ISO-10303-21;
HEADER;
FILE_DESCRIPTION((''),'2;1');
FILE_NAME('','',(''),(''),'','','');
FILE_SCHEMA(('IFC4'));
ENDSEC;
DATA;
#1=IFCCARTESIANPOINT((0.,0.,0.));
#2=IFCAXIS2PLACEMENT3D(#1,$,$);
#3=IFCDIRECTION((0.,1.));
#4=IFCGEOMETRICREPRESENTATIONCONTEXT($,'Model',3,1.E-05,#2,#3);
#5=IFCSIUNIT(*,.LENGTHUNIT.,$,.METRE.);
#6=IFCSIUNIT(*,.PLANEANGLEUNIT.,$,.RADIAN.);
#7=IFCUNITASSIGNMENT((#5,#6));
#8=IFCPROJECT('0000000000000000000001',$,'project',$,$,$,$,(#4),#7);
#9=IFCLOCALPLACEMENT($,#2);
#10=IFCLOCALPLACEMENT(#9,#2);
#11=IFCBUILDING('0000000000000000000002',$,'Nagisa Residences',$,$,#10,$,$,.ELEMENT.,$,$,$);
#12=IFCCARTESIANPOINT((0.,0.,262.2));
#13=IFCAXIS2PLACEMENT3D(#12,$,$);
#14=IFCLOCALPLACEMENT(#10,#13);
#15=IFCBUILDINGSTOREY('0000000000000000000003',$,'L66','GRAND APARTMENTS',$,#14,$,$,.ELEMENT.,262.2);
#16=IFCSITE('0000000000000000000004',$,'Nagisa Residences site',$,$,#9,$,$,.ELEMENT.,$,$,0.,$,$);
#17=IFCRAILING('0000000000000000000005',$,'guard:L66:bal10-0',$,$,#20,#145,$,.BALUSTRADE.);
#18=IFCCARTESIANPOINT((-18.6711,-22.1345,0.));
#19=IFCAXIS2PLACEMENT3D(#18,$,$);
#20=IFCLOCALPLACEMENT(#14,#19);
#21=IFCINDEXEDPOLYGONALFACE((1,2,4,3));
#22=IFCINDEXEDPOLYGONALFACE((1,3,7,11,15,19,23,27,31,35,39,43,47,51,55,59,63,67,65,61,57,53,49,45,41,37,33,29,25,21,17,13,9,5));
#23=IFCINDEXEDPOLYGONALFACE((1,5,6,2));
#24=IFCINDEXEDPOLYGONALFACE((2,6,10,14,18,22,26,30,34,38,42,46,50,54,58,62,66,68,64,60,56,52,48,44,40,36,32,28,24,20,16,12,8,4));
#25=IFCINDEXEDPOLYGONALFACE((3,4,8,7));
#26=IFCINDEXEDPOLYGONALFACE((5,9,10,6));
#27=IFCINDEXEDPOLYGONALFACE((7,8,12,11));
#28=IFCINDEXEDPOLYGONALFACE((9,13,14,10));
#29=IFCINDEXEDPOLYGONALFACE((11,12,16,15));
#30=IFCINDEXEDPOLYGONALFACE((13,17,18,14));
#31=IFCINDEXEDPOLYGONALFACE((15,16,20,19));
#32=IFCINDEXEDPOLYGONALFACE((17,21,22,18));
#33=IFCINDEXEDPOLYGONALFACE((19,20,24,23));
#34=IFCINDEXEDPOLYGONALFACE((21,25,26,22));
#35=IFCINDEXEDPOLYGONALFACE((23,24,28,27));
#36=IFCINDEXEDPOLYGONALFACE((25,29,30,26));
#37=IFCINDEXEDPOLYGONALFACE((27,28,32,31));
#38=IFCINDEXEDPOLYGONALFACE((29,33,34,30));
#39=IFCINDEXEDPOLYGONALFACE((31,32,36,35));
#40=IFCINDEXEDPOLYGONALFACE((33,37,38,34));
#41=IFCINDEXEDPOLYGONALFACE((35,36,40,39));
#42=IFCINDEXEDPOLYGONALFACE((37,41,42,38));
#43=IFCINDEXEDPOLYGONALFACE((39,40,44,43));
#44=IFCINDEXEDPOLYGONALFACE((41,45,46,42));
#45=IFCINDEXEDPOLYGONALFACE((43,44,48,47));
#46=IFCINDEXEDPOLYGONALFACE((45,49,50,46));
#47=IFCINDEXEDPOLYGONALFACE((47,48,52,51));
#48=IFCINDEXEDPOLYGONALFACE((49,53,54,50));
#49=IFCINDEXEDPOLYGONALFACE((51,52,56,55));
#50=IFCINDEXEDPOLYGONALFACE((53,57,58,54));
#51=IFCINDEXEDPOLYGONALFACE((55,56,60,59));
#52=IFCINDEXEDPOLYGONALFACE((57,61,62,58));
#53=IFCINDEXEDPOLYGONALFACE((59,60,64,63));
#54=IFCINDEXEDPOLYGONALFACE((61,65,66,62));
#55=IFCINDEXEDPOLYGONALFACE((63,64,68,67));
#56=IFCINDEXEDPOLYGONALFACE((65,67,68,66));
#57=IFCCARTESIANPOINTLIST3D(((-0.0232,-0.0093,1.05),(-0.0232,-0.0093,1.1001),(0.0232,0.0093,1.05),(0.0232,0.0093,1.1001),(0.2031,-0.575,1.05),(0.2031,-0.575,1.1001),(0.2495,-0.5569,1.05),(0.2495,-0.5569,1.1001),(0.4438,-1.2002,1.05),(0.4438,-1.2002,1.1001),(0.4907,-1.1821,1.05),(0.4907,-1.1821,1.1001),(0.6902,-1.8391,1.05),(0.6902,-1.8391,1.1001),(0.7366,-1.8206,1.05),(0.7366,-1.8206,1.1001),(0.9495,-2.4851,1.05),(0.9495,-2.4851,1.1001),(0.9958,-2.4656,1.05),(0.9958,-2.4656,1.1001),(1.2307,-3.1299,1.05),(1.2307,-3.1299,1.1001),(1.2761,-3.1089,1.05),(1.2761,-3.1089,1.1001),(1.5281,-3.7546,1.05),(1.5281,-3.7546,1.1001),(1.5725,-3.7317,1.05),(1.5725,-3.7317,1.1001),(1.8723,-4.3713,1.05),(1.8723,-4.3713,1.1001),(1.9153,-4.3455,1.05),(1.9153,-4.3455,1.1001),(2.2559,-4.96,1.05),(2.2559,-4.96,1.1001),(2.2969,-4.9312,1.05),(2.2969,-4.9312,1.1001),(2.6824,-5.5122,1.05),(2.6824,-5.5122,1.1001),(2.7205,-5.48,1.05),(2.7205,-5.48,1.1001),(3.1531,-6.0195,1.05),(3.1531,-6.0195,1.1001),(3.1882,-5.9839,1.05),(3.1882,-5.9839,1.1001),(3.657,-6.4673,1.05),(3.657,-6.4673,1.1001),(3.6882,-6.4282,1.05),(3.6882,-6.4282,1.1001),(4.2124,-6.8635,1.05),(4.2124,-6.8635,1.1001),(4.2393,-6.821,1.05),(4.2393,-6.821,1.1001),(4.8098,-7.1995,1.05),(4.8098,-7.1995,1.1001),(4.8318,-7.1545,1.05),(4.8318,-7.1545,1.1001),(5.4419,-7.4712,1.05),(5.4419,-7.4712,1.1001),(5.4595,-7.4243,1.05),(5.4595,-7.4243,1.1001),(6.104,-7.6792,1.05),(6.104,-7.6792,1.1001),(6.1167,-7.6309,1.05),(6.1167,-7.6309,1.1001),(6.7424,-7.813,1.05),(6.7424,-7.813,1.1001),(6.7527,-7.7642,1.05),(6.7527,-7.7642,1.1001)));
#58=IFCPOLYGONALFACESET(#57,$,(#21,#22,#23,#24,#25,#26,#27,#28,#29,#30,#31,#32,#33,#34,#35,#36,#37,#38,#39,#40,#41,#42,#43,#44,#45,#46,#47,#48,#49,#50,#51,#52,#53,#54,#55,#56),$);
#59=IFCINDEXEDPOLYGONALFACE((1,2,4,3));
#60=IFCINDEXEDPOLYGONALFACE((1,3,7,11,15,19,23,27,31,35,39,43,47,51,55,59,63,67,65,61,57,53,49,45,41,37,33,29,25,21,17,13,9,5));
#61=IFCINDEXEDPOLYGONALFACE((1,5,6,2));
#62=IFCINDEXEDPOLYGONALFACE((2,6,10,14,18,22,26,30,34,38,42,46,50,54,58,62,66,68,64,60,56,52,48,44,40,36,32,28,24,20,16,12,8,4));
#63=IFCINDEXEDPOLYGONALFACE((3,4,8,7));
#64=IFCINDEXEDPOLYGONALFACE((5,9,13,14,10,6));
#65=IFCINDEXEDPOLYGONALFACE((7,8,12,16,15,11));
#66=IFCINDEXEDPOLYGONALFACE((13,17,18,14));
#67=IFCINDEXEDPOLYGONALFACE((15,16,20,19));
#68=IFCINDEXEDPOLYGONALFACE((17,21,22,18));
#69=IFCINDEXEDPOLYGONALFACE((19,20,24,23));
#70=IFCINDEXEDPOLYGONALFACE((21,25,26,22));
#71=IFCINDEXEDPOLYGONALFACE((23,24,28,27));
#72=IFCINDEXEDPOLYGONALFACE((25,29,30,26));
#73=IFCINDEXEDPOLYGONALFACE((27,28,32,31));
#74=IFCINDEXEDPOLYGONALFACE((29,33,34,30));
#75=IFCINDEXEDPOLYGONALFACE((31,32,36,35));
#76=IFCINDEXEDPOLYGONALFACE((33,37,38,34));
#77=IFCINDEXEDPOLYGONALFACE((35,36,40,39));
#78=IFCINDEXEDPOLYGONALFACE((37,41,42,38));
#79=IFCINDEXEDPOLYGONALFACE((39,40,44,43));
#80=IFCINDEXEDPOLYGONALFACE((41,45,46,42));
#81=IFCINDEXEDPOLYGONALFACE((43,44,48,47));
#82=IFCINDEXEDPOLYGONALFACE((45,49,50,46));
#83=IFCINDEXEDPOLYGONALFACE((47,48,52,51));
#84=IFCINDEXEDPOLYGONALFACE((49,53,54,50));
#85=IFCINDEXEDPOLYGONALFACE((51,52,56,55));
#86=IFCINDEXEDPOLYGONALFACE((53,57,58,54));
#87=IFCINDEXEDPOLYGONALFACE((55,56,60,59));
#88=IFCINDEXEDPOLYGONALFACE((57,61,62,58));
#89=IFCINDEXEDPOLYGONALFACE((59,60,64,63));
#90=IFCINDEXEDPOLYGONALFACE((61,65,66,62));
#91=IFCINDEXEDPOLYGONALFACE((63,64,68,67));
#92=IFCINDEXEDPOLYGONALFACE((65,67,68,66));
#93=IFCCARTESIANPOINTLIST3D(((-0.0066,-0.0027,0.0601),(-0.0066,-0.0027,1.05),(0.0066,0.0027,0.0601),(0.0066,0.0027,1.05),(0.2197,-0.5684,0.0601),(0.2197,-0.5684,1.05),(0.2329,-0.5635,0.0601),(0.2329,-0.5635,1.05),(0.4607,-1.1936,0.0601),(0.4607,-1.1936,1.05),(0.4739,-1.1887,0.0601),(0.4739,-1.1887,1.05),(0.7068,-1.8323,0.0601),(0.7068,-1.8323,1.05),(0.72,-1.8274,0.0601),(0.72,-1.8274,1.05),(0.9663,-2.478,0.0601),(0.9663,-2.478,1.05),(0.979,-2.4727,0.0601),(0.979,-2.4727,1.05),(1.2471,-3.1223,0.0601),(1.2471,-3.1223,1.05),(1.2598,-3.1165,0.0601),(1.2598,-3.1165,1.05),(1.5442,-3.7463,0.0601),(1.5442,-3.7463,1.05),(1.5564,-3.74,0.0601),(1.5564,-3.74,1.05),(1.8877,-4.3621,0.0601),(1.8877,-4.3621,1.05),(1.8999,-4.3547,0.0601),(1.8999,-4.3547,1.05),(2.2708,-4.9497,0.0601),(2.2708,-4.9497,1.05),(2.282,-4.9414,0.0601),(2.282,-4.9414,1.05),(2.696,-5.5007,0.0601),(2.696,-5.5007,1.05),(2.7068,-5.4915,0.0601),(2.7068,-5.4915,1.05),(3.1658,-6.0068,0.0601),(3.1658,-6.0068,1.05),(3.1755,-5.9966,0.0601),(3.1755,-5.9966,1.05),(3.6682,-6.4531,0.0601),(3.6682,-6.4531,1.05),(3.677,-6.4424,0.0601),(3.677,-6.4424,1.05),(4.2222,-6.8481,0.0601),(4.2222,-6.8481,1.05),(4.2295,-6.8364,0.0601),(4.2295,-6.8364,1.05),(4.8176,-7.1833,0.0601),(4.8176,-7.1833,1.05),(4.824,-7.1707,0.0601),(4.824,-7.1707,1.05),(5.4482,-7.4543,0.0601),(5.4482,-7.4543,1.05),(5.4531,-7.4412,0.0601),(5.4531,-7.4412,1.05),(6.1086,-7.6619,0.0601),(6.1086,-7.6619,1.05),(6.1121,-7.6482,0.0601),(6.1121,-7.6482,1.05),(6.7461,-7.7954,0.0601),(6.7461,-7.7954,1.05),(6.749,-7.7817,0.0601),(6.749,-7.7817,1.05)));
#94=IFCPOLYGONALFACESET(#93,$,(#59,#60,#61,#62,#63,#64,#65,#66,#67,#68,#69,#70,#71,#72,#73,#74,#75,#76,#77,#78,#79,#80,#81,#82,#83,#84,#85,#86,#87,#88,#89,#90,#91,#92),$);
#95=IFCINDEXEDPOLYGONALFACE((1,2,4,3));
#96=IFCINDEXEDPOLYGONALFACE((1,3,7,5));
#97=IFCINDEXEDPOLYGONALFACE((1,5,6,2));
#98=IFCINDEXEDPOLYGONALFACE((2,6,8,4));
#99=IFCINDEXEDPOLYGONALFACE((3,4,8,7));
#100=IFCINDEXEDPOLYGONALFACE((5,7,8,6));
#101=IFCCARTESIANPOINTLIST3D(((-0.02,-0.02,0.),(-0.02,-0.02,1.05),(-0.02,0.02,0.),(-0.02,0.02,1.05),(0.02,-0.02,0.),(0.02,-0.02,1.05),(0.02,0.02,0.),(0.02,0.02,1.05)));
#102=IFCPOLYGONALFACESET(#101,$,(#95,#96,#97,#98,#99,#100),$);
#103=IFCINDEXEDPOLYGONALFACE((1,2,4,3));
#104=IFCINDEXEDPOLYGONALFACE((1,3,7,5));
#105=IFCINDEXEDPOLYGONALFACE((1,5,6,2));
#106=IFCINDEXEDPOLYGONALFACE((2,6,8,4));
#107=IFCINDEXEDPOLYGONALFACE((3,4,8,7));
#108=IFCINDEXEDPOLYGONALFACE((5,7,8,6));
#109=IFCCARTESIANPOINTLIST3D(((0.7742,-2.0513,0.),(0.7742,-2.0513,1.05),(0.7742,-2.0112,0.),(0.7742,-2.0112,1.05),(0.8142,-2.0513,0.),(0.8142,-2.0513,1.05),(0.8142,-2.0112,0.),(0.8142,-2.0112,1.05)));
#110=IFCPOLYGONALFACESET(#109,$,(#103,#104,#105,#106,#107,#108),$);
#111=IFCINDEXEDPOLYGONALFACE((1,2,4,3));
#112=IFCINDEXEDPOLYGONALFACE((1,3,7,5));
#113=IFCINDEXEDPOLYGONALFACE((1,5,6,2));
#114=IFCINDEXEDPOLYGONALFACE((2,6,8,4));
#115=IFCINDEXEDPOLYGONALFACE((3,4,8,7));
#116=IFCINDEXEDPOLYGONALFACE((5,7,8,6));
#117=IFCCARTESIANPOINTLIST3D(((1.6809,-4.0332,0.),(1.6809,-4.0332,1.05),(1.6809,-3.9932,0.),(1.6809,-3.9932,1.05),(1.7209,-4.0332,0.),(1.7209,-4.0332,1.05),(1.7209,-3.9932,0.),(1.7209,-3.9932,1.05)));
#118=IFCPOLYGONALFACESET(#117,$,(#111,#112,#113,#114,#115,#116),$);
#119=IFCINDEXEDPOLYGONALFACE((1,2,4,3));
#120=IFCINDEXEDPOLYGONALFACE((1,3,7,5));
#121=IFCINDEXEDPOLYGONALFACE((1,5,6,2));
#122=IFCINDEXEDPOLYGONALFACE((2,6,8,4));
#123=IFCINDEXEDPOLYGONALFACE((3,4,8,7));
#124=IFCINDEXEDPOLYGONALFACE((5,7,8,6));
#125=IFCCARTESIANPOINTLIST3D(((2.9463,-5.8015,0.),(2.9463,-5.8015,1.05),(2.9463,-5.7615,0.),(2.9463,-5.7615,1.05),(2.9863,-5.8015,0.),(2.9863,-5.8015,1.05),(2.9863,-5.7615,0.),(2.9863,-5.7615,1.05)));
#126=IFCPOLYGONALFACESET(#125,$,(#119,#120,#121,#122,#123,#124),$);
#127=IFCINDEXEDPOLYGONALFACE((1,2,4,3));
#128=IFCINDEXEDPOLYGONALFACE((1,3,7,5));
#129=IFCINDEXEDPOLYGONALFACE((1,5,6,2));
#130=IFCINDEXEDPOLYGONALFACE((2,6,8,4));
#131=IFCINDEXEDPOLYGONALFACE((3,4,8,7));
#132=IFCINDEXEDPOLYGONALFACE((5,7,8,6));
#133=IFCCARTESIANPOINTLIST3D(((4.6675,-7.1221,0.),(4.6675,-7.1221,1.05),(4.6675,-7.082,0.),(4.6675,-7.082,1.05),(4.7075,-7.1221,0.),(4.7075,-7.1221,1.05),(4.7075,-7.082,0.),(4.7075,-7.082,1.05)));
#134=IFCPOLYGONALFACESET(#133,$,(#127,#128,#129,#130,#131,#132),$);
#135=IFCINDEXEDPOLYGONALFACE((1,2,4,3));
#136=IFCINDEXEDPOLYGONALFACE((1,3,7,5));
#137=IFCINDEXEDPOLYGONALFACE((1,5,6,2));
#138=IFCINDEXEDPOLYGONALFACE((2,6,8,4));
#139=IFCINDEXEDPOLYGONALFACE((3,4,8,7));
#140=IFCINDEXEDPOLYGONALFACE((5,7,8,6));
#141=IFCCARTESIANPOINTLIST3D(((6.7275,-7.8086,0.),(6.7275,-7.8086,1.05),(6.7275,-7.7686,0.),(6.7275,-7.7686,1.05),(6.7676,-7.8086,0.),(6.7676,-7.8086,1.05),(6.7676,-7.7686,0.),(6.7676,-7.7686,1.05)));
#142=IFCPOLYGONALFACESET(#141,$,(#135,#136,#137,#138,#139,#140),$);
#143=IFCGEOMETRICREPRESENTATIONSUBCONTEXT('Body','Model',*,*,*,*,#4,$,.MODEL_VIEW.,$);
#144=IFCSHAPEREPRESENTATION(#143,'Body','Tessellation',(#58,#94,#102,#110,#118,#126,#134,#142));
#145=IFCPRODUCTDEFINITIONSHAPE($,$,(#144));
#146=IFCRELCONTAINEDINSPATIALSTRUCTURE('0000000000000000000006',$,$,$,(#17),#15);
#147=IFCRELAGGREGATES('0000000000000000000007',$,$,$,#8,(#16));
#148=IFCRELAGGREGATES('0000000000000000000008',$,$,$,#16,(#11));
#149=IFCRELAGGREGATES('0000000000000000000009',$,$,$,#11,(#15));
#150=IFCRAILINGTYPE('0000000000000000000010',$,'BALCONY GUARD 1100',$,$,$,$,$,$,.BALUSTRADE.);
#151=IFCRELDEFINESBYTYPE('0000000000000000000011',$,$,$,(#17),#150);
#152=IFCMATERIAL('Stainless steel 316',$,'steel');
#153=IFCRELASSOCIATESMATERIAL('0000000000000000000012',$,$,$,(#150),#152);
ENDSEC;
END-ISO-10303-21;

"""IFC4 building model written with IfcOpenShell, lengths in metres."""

from ifc_helpers import new_model, si_unit, direction, frame, origin, origin_2d, place, context, subcontext, project, spatial, polyline, rectangle, outline, extrude, material, type_object, element, save


model = new_model("IFC4")

# Units and contexts
model_context = context("Model", 3, precision=1e-05, world=origin(), true_north=direction((0.0, 1.0)))
body_context = subcontext(model_context, "Body", "Model", "MODEL_VIEW")
ifc_project = project(units=[si_unit("LENGTHUNIT", "METRE"), si_unit("PLANEANGLEUNIT", "RADIAN")], contexts=[model_context])

# Site, building, storey
site_placement = place(None, origin())
site = spatial("IfcSite", under=ifc_project, at=site_placement, Name="Nagisa Residences site", CompositionType="ELEMENT", RefElevation=0.0)
building_placement = place(site_placement, origin())
building = spatial("IfcBuilding", under=site, at=building_placement, Name="Nagisa Residences", CompositionType="ELEMENT")
storey_placement = place(building_placement, frame((0.0, 0.0, 262.2)))
storey = spatial("IfcBuildingStorey", under=building, at=storey_placement, Name="L66", Description="GRAND APARTMENTS", CompositionType="ELEMENT", Elevation=262.2)

# Railing
ifc_material_1 = material(Name="Stainless steel 316", Category="steel")
railing_type = type_object("IfcRailingType", Name="BALCONY GUARD 1100", PredefinedType="BALUSTRADE", material=ifc_material_1)
railing_placement = place(storey_placement, frame((-18.6711, -22.1345, 0.0)))
element("IfcRailing", 1, at=railing_placement, inside=storey, type_object=railing_type, Name="guard:L66:bal10-0", PredefinedType="BALUSTRADE", context=body_context, shape_type="SweptSolid", body=[
    extrude(outline(polyline([(0.2495, -0.5569), (0.0232, 0.0093), (-0.0232, -0.0093), (0.2031, -0.575), (0.4438, -1.2002), (0.6902, -1.8391), (0.9495, -2.4851), (1.2307, -3.1299), (1.5281, -3.7546), (1.8723, -4.3713), (2.2559, -4.96), (2.6824, -5.5122), (3.1531, -6.0195), (3.657, -6.4673), (4.2124, -6.8635), (4.8098, -7.1995), (5.4419, -7.4712), (6.104, -7.6792), (6.7424, -7.813), (6.7527, -7.7642), (6.1167, -7.6309), (5.4595, -7.4243), (4.8318, -7.1545), (4.2393, -6.821), (3.6882, -6.4282), (3.1882, -5.9839), (2.7205, -5.48), (2.2969, -4.9312), (1.9153, -4.3455), (1.5725, -3.7317), (1.2761, -3.1089), (0.9958, -2.4656), (0.7366, -1.8206), (0.4907, -1.1821), (0.2495, -0.5569)])), frame((0.0, 0.0, 1.05)), (0.0, 0.0, 1.0), 0.05),
    extrude(outline(polyline([(0.2329, -0.5635), (0.0066, 0.0027), (-0.0066, -0.0027), (0.2197, -0.5684), (0.4607, -1.1936), (0.7068, -1.8323), (0.9663, -2.478), (1.2471, -3.1223), (1.5442, -3.7463), (1.8877, -4.3621), (2.2708, -4.9497), (2.696, -5.5007), (3.1658, -6.0068), (3.6682, -6.4531), (4.2222, -6.8481), (4.8176, -7.1833), (5.4482, -7.4543), (6.1086, -7.6619), (6.7461, -7.7954), (6.749, -7.7817), (6.1121, -7.6482), (5.4531, -7.4412), (4.824, -7.1707), (4.2295, -6.8364), (3.677, -6.4424), (3.1755, -5.9966), (2.7068, -5.4915), (2.282, -4.9414), (1.8999, -4.3547), (1.5564, -3.74), (1.2598, -3.1165), (0.979, -2.4727), (0.72, -1.8274), (0.4739, -1.1887), (0.2329, -0.5635)])), frame((0.0, 0.0, 0.0601)), (0.0, 0.0, 1.0), 0.99),
    extrude(rectangle(XDim=0.04, YDim=0.04, at=origin_2d()), origin(), (0.0, 0.0, 1.0), 1.05),
    extrude(rectangle(XDim=0.04, YDim=0.04, at=origin_2d()), frame((0.7942, -2.0312, 0.0)), (0.0, 0.0, 1.0), 1.05),
    extrude(rectangle(XDim=0.04, YDim=0.04, at=origin_2d()), frame((1.7009, -4.0132, 0.0)), (0.0, 0.0, 1.0), 1.05),
    extrude(rectangle(XDim=0.04, YDim=0.04, at=origin_2d()), frame((2.9663, -5.7815, 0.0)), (0.0, 0.0, 1.0), 1.05),
    extrude(rectangle(XDim=0.04, YDim=0.04, at=origin_2d()), frame((4.6875, -7.1021, 0.0)), (0.0, 0.0, 1.0), 1.05),
    extrude(rectangle(XDim=0.04, YDim=0.04, at=origin_2d()), frame((6.7476, -7.7886, 0.0)), (0.0, 0.0, 1.0), 1.05),
])

save(model, "model.ifc")
